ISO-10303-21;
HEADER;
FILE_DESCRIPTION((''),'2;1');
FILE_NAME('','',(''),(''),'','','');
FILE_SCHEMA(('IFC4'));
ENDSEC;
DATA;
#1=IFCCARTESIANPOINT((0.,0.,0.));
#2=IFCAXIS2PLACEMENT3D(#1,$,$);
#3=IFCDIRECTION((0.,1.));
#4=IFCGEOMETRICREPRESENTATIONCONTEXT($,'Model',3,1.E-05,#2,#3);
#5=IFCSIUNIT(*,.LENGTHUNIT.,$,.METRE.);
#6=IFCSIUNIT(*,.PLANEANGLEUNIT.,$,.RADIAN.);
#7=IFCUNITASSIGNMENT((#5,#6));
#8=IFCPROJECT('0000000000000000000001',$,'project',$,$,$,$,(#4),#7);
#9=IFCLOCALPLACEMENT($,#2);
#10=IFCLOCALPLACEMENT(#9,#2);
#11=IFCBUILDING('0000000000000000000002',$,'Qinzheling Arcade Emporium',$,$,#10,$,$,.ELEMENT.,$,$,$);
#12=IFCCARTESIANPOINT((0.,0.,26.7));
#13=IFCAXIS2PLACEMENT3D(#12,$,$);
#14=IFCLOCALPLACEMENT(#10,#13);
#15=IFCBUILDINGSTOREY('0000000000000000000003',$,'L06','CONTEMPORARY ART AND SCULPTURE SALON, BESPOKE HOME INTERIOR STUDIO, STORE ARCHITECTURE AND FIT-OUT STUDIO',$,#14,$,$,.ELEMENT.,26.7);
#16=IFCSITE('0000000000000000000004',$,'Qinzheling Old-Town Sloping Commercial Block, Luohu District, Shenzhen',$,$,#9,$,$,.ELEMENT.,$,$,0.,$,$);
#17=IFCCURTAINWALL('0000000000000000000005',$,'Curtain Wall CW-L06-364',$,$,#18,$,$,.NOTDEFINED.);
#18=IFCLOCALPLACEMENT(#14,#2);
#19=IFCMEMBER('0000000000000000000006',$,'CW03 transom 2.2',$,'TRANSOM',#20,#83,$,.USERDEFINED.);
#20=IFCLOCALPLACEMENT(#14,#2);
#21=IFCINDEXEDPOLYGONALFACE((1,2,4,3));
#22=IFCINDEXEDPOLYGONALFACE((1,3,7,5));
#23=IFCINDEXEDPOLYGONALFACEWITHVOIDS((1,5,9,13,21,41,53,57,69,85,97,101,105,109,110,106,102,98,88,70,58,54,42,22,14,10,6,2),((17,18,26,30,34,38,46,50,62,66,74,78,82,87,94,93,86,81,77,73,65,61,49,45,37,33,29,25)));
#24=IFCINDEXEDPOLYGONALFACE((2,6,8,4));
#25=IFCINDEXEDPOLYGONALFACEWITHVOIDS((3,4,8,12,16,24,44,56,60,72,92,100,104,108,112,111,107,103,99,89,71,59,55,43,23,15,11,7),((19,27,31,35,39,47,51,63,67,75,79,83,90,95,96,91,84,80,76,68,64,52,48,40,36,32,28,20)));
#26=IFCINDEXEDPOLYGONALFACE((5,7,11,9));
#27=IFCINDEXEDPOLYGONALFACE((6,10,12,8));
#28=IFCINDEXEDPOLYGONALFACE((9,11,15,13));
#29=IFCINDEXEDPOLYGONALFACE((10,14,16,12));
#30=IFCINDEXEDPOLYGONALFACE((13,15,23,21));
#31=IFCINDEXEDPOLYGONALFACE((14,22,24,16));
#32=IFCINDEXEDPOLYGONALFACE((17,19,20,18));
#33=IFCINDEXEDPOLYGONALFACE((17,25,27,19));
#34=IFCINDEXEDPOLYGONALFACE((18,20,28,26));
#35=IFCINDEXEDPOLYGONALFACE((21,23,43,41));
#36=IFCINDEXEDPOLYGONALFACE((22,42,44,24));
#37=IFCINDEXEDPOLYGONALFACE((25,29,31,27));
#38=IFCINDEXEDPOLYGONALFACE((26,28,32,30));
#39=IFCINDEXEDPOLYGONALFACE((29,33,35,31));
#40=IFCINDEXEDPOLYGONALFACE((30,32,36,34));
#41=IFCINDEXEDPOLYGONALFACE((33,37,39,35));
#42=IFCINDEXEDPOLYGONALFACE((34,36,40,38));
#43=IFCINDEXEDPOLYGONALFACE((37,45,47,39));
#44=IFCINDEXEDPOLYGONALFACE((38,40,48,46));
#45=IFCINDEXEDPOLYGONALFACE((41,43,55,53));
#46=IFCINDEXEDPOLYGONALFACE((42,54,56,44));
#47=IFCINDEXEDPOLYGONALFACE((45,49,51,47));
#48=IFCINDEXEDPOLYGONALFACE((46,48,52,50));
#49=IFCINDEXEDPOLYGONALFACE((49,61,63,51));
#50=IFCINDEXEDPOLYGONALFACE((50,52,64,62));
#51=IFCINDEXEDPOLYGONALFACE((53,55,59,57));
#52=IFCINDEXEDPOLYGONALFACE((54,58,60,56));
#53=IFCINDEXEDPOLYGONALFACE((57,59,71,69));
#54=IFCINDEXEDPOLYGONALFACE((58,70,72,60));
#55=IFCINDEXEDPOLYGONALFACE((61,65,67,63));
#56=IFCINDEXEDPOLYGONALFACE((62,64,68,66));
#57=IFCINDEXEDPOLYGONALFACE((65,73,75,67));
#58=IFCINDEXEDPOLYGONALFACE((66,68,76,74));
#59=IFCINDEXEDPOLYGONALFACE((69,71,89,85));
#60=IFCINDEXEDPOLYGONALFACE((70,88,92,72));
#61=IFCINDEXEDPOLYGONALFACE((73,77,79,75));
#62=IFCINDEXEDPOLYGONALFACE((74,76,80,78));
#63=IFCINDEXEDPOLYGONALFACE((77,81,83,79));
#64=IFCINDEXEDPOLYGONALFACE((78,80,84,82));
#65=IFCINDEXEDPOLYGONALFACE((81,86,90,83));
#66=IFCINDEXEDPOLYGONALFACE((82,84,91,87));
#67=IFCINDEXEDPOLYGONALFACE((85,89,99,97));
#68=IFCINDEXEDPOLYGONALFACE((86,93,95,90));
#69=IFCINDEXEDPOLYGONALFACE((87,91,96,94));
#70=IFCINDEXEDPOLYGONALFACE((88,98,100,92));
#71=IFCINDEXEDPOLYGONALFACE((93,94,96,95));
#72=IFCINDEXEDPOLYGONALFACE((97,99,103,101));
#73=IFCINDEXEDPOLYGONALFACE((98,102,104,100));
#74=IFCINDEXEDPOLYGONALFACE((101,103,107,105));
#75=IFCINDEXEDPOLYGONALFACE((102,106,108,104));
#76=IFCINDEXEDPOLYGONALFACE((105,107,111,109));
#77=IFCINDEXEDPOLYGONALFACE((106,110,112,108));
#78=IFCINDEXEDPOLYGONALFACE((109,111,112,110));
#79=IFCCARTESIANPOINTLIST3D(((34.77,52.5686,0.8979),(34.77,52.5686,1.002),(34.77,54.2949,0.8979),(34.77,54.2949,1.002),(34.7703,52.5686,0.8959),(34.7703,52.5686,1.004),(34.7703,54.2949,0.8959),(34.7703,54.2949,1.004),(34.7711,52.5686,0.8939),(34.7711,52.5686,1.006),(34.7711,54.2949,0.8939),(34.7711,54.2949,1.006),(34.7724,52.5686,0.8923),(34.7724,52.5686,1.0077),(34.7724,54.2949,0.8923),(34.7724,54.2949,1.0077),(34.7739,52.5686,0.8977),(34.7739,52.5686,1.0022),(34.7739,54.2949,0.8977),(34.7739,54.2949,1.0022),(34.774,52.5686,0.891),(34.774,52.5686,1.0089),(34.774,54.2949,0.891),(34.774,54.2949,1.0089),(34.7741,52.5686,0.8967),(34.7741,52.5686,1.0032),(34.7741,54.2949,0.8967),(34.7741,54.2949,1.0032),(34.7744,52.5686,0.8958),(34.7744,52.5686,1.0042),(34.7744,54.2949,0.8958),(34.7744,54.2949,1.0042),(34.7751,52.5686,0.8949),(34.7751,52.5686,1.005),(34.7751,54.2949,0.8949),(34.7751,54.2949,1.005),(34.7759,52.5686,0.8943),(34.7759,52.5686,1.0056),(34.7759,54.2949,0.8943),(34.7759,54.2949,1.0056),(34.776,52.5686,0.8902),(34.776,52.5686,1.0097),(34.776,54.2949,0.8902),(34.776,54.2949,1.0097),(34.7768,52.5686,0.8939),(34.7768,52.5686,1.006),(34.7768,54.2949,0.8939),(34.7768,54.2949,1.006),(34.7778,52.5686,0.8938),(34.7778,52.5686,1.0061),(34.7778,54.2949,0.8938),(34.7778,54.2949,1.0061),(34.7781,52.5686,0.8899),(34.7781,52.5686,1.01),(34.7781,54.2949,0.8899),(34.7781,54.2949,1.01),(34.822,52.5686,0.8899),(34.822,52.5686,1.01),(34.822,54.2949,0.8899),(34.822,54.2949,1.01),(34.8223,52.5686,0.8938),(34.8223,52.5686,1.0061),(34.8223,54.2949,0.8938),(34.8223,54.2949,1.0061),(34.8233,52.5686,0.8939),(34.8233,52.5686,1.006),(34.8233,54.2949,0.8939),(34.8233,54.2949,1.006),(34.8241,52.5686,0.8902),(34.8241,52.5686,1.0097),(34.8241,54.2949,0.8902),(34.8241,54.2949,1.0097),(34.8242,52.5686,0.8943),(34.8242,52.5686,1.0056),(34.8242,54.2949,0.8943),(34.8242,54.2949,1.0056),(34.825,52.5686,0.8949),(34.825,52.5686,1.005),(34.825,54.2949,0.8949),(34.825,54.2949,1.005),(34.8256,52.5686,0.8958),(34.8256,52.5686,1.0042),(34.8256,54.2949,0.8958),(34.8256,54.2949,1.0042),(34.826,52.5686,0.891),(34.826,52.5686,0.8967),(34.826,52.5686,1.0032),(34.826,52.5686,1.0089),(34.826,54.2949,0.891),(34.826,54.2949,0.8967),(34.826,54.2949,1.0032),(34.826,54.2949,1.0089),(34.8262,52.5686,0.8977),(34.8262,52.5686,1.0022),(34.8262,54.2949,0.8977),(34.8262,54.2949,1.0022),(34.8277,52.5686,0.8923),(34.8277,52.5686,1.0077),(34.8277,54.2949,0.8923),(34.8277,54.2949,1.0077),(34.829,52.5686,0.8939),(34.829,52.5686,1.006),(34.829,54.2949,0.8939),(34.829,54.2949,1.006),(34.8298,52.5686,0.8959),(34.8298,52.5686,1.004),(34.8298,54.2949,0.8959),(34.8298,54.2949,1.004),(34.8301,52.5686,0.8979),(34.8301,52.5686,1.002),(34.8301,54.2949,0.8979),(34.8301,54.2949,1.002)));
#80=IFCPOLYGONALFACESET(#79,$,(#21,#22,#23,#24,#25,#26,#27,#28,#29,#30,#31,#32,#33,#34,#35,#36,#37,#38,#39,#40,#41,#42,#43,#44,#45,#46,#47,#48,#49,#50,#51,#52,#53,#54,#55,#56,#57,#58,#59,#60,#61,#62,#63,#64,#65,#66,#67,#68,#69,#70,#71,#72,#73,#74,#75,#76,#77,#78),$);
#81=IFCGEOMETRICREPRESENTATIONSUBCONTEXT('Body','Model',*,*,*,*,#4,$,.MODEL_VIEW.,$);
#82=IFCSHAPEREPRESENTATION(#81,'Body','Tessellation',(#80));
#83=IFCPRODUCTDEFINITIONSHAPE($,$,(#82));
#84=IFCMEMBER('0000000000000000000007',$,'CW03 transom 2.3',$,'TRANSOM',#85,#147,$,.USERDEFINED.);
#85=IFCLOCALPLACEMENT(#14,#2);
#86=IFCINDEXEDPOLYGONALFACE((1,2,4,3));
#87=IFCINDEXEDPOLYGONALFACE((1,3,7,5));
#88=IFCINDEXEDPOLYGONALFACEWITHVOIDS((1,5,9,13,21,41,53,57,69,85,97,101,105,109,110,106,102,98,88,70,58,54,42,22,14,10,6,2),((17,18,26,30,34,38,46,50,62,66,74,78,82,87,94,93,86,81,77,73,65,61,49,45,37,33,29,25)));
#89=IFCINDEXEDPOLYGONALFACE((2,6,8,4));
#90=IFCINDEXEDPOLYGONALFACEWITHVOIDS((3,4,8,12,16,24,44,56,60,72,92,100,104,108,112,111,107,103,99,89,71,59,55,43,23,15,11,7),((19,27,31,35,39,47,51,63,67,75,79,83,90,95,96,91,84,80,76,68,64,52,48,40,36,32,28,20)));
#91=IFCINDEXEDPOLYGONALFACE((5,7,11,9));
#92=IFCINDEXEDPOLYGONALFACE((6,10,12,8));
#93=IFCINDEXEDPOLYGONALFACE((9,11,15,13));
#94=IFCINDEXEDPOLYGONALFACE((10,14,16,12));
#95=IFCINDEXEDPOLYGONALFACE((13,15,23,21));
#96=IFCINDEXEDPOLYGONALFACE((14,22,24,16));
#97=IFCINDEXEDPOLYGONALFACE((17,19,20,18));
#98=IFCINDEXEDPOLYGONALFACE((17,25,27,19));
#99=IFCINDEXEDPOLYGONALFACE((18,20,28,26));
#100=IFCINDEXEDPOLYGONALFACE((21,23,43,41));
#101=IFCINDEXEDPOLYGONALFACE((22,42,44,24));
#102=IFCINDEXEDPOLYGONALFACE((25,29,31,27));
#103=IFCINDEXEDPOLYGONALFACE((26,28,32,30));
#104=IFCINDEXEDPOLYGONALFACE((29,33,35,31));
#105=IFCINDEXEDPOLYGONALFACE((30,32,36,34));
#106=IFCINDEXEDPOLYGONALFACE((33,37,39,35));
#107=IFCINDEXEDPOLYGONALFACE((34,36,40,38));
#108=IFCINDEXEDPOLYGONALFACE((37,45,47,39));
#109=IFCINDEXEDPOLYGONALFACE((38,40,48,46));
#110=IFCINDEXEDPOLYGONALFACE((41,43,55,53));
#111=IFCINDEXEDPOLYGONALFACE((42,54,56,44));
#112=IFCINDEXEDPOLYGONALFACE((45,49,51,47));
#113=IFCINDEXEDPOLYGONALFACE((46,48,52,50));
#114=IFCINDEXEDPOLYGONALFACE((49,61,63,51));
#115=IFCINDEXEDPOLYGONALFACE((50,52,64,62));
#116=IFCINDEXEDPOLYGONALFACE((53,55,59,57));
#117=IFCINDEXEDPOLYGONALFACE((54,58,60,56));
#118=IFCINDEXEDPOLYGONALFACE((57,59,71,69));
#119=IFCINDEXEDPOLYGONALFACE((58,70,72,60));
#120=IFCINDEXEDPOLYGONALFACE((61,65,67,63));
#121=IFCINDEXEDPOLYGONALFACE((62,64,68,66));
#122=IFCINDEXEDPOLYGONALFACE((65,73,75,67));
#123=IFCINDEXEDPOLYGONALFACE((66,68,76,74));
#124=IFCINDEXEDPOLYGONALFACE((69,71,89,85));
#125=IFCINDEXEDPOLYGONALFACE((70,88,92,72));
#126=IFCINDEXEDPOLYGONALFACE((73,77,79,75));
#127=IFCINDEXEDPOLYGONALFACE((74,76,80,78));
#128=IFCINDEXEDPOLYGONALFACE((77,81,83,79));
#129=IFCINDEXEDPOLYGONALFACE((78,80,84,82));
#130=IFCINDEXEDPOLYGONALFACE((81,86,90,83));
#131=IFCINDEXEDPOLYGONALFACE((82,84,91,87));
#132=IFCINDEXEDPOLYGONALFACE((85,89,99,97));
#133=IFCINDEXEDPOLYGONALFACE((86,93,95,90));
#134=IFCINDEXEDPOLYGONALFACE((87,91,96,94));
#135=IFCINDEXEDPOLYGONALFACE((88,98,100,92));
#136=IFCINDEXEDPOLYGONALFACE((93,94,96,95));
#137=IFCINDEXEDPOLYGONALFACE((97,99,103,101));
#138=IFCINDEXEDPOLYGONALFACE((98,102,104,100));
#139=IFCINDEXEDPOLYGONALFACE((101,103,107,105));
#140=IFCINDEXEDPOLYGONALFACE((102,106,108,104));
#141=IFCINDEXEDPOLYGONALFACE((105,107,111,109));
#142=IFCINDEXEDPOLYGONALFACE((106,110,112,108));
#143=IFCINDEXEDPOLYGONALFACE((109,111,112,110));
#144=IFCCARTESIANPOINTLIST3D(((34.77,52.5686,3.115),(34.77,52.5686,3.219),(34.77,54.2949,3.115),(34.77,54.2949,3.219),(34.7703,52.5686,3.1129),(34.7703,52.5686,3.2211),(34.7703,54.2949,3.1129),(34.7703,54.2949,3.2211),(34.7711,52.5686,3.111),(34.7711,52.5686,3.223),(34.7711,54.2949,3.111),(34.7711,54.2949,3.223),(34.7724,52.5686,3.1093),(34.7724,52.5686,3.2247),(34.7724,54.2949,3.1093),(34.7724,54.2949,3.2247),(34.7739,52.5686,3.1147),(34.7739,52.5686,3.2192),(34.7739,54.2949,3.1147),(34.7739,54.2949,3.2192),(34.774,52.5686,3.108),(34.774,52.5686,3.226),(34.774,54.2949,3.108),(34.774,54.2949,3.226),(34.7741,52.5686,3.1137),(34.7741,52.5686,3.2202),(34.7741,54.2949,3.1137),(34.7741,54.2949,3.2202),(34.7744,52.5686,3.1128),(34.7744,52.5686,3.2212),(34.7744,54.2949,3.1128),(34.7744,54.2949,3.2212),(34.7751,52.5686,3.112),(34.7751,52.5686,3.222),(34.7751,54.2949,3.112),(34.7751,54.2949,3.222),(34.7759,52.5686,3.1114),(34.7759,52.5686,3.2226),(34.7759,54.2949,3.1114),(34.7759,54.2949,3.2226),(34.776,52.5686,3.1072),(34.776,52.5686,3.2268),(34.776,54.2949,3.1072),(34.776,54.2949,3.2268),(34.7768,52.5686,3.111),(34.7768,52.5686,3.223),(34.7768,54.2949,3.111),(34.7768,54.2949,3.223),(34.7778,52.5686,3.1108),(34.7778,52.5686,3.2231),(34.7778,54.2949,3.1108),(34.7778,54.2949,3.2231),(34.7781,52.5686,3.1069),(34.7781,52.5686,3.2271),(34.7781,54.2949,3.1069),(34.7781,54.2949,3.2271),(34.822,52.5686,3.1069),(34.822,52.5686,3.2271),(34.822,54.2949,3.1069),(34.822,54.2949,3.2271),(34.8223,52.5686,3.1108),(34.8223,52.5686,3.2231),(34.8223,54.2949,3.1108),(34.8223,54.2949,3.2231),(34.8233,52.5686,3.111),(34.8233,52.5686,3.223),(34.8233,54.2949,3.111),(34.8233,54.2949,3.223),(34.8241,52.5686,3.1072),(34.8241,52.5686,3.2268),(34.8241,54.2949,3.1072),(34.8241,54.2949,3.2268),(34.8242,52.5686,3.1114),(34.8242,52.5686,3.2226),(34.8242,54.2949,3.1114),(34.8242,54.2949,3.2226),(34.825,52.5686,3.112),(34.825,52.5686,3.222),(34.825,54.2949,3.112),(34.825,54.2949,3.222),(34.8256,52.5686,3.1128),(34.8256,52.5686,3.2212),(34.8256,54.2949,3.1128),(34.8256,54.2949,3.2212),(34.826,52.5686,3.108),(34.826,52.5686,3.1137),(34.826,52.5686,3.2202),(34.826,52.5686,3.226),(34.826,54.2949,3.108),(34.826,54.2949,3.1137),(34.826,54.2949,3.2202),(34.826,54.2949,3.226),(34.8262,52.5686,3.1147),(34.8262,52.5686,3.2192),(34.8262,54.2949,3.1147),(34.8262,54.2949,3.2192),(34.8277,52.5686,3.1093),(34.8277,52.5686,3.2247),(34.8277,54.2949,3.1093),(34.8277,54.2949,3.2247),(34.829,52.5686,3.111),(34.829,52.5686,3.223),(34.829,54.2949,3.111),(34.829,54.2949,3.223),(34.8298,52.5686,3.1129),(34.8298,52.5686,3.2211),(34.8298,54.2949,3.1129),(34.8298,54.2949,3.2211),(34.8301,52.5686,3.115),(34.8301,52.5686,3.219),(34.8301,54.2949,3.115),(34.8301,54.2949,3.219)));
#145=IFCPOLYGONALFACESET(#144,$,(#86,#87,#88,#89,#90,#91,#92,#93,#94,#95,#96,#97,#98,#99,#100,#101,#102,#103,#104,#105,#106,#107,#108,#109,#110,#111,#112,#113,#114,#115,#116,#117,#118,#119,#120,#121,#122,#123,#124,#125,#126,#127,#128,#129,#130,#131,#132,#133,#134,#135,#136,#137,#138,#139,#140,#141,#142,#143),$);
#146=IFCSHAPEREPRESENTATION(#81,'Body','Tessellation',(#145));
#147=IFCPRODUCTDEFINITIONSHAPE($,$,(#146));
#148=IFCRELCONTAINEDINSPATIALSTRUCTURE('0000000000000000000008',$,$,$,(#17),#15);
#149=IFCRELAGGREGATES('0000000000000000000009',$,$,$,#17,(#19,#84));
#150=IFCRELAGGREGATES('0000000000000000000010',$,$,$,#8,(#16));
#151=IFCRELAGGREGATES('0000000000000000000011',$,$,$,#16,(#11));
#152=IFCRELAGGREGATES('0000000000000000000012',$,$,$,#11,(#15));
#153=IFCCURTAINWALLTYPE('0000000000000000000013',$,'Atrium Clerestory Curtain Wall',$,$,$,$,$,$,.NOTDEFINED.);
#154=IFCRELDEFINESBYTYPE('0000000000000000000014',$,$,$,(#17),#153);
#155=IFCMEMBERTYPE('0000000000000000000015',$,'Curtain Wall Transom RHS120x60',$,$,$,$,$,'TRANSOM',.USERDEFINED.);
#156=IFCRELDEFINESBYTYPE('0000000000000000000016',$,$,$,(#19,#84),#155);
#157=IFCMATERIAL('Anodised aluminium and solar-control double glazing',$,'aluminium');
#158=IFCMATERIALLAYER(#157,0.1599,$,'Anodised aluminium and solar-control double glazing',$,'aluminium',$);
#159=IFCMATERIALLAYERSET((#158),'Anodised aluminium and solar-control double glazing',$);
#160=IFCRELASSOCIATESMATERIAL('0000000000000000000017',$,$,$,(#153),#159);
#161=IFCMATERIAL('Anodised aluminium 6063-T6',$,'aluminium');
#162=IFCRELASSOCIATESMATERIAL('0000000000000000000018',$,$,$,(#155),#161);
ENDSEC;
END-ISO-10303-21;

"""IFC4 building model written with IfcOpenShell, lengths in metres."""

from ifc_helpers import new_model, si_unit, direction, frame, origin, origin_2d, place, context, subcontext, project, spatial, hollow_rectangle, extrude, material, layer, layer_set, material_profile, profile_set, type_object, element, aggregate, save


model = new_model("IFC4")

# Units and contexts
model_context = context("Model", 3, precision=1e-05, world=origin(), true_north=direction((0.0, 1.0)))
body_context = subcontext(model_context, "Body", "Model", "MODEL_VIEW")
ifc_project = project(units=[si_unit("LENGTHUNIT", "METRE"), si_unit("PLANEANGLEUNIT", "RADIAN")], contexts=[model_context])

# Site, building, storey
site_placement = place(None, origin())
site = spatial("IfcSite", under=ifc_project, at=site_placement, Name="Qinzheling Old-Town Sloping Commercial Block, Luohu District, Shenzhen", CompositionType="ELEMENT", RefElevation=0.0)
building_placement = place(site_placement, origin())
building = spatial("IfcBuilding", under=site, at=building_placement, Name="Qinzheling Arcade Emporium", CompositionType="ELEMENT")
storey_placement = place(building_placement, frame((0.0, 0.0, 26.7)))
storey = spatial("IfcBuildingStorey", under=building, at=storey_placement, Name="L06", Description="CONTEMPORARY ART AND SCULPTURE SALON, BESPOKE HOME INTERIOR STUDIO, STORE ARCHITECTURE AND FIT-OUT STUDIO", CompositionType="ELEMENT", Elevation=26.7)

# Shared definitions
ifc_material_1 = material(Name="Anodised aluminium and solar-control double glazing", Category="aluminium")
ifc_layer_1 = layer(ifc_material_1, 0.1599, Name="Anodised aluminium and solar-control double glazing", Category="aluminium")
ifc_layer_set_1 = layer_set([ifc_layer_1], Name="Anodised aluminium and solar-control double glazing")
curtain_wall_type = type_object("IfcCurtainWallType", Name="Atrium Clerestory Curtain Wall", PredefinedType="NOTDEFINED", material=ifc_layer_set_1)
ifc_material_2 = material(Name="Anodised aluminium 6063-T6", Category="aluminium")

# Curtain wall, members
curtain_wall_1_placement = place(storey_placement, origin())
curtain_wall_1 = element("IfcCurtainWall", 1, at=curtain_wall_1_placement, inside=storey, type_object=curtain_wall_type, Name="Curtain Wall CW-L06-364", PredefinedType="NOTDEFINED")
ifc_material_profile_1 = material_profile(ifc_material_2, hollow_rectangle(XDim=0.0601, YDim=0.1201, WallThickness=0.0039, InnerFilletRadius=0.0039, OuterFilletRadius=0.0081, at=origin_2d()), Name="RHS 120x60x4", Category="aluminium")
ifc_profile_set_1 = profile_set([ifc_material_profile_1], Name="Anodised aluminium 6063-T6")
member_type_1 = type_object("IfcMemberType", Name="Curtain Wall Transom RHS120x60", ElementType="TRANSOM", PredefinedType="USERDEFINED", material=ifc_profile_set_1)
member_1_placement = place(storey_placement, frame((34.8, 52.5686, 0.95), z_axis=(0.0, 1.0, 0.0), x_axis=(-1.0, 0.0, 0.0)))
member_1 = element("IfcMember", 2, at=member_1_placement, type_object=member_type_1, Name="CW03 transom 2.2", ObjectType="TRANSOM", PredefinedType="USERDEFINED", context=body_context, shape_type="SweptSolid", body=[
    extrude(hollow_rectangle(XDim=0.0601, YDim=0.1201, WallThickness=0.0039, InnerFilletRadius=0.0039, OuterFilletRadius=0.0081, at=origin_2d()), origin(), (0.0, 0.0, 1.0), 1.7263),
])
member_2_placement = place(storey_placement, frame((34.8, 52.5686, 3.167), z_axis=(0.0, 1.0, 0.0), x_axis=(-1.0, 0.0, 0.0)))
member_2 = element("IfcMember", 3, at=member_2_placement, type_object=member_type_1, Name="CW03 transom 2.3", ObjectType="TRANSOM", PredefinedType="USERDEFINED", context=body_context, shape_type="SweptSolid", body=[
    extrude(hollow_rectangle(XDim=0.0601, YDim=0.1201, WallThickness=0.0039, InnerFilletRadius=0.0039, OuterFilletRadius=0.0081, at=origin_2d()), origin(), (0.0, 0.0, 1.0), 1.7263),
])

aggregate(curtain_wall_1, [member_1, member_2])

save(model, "model.ifc")
